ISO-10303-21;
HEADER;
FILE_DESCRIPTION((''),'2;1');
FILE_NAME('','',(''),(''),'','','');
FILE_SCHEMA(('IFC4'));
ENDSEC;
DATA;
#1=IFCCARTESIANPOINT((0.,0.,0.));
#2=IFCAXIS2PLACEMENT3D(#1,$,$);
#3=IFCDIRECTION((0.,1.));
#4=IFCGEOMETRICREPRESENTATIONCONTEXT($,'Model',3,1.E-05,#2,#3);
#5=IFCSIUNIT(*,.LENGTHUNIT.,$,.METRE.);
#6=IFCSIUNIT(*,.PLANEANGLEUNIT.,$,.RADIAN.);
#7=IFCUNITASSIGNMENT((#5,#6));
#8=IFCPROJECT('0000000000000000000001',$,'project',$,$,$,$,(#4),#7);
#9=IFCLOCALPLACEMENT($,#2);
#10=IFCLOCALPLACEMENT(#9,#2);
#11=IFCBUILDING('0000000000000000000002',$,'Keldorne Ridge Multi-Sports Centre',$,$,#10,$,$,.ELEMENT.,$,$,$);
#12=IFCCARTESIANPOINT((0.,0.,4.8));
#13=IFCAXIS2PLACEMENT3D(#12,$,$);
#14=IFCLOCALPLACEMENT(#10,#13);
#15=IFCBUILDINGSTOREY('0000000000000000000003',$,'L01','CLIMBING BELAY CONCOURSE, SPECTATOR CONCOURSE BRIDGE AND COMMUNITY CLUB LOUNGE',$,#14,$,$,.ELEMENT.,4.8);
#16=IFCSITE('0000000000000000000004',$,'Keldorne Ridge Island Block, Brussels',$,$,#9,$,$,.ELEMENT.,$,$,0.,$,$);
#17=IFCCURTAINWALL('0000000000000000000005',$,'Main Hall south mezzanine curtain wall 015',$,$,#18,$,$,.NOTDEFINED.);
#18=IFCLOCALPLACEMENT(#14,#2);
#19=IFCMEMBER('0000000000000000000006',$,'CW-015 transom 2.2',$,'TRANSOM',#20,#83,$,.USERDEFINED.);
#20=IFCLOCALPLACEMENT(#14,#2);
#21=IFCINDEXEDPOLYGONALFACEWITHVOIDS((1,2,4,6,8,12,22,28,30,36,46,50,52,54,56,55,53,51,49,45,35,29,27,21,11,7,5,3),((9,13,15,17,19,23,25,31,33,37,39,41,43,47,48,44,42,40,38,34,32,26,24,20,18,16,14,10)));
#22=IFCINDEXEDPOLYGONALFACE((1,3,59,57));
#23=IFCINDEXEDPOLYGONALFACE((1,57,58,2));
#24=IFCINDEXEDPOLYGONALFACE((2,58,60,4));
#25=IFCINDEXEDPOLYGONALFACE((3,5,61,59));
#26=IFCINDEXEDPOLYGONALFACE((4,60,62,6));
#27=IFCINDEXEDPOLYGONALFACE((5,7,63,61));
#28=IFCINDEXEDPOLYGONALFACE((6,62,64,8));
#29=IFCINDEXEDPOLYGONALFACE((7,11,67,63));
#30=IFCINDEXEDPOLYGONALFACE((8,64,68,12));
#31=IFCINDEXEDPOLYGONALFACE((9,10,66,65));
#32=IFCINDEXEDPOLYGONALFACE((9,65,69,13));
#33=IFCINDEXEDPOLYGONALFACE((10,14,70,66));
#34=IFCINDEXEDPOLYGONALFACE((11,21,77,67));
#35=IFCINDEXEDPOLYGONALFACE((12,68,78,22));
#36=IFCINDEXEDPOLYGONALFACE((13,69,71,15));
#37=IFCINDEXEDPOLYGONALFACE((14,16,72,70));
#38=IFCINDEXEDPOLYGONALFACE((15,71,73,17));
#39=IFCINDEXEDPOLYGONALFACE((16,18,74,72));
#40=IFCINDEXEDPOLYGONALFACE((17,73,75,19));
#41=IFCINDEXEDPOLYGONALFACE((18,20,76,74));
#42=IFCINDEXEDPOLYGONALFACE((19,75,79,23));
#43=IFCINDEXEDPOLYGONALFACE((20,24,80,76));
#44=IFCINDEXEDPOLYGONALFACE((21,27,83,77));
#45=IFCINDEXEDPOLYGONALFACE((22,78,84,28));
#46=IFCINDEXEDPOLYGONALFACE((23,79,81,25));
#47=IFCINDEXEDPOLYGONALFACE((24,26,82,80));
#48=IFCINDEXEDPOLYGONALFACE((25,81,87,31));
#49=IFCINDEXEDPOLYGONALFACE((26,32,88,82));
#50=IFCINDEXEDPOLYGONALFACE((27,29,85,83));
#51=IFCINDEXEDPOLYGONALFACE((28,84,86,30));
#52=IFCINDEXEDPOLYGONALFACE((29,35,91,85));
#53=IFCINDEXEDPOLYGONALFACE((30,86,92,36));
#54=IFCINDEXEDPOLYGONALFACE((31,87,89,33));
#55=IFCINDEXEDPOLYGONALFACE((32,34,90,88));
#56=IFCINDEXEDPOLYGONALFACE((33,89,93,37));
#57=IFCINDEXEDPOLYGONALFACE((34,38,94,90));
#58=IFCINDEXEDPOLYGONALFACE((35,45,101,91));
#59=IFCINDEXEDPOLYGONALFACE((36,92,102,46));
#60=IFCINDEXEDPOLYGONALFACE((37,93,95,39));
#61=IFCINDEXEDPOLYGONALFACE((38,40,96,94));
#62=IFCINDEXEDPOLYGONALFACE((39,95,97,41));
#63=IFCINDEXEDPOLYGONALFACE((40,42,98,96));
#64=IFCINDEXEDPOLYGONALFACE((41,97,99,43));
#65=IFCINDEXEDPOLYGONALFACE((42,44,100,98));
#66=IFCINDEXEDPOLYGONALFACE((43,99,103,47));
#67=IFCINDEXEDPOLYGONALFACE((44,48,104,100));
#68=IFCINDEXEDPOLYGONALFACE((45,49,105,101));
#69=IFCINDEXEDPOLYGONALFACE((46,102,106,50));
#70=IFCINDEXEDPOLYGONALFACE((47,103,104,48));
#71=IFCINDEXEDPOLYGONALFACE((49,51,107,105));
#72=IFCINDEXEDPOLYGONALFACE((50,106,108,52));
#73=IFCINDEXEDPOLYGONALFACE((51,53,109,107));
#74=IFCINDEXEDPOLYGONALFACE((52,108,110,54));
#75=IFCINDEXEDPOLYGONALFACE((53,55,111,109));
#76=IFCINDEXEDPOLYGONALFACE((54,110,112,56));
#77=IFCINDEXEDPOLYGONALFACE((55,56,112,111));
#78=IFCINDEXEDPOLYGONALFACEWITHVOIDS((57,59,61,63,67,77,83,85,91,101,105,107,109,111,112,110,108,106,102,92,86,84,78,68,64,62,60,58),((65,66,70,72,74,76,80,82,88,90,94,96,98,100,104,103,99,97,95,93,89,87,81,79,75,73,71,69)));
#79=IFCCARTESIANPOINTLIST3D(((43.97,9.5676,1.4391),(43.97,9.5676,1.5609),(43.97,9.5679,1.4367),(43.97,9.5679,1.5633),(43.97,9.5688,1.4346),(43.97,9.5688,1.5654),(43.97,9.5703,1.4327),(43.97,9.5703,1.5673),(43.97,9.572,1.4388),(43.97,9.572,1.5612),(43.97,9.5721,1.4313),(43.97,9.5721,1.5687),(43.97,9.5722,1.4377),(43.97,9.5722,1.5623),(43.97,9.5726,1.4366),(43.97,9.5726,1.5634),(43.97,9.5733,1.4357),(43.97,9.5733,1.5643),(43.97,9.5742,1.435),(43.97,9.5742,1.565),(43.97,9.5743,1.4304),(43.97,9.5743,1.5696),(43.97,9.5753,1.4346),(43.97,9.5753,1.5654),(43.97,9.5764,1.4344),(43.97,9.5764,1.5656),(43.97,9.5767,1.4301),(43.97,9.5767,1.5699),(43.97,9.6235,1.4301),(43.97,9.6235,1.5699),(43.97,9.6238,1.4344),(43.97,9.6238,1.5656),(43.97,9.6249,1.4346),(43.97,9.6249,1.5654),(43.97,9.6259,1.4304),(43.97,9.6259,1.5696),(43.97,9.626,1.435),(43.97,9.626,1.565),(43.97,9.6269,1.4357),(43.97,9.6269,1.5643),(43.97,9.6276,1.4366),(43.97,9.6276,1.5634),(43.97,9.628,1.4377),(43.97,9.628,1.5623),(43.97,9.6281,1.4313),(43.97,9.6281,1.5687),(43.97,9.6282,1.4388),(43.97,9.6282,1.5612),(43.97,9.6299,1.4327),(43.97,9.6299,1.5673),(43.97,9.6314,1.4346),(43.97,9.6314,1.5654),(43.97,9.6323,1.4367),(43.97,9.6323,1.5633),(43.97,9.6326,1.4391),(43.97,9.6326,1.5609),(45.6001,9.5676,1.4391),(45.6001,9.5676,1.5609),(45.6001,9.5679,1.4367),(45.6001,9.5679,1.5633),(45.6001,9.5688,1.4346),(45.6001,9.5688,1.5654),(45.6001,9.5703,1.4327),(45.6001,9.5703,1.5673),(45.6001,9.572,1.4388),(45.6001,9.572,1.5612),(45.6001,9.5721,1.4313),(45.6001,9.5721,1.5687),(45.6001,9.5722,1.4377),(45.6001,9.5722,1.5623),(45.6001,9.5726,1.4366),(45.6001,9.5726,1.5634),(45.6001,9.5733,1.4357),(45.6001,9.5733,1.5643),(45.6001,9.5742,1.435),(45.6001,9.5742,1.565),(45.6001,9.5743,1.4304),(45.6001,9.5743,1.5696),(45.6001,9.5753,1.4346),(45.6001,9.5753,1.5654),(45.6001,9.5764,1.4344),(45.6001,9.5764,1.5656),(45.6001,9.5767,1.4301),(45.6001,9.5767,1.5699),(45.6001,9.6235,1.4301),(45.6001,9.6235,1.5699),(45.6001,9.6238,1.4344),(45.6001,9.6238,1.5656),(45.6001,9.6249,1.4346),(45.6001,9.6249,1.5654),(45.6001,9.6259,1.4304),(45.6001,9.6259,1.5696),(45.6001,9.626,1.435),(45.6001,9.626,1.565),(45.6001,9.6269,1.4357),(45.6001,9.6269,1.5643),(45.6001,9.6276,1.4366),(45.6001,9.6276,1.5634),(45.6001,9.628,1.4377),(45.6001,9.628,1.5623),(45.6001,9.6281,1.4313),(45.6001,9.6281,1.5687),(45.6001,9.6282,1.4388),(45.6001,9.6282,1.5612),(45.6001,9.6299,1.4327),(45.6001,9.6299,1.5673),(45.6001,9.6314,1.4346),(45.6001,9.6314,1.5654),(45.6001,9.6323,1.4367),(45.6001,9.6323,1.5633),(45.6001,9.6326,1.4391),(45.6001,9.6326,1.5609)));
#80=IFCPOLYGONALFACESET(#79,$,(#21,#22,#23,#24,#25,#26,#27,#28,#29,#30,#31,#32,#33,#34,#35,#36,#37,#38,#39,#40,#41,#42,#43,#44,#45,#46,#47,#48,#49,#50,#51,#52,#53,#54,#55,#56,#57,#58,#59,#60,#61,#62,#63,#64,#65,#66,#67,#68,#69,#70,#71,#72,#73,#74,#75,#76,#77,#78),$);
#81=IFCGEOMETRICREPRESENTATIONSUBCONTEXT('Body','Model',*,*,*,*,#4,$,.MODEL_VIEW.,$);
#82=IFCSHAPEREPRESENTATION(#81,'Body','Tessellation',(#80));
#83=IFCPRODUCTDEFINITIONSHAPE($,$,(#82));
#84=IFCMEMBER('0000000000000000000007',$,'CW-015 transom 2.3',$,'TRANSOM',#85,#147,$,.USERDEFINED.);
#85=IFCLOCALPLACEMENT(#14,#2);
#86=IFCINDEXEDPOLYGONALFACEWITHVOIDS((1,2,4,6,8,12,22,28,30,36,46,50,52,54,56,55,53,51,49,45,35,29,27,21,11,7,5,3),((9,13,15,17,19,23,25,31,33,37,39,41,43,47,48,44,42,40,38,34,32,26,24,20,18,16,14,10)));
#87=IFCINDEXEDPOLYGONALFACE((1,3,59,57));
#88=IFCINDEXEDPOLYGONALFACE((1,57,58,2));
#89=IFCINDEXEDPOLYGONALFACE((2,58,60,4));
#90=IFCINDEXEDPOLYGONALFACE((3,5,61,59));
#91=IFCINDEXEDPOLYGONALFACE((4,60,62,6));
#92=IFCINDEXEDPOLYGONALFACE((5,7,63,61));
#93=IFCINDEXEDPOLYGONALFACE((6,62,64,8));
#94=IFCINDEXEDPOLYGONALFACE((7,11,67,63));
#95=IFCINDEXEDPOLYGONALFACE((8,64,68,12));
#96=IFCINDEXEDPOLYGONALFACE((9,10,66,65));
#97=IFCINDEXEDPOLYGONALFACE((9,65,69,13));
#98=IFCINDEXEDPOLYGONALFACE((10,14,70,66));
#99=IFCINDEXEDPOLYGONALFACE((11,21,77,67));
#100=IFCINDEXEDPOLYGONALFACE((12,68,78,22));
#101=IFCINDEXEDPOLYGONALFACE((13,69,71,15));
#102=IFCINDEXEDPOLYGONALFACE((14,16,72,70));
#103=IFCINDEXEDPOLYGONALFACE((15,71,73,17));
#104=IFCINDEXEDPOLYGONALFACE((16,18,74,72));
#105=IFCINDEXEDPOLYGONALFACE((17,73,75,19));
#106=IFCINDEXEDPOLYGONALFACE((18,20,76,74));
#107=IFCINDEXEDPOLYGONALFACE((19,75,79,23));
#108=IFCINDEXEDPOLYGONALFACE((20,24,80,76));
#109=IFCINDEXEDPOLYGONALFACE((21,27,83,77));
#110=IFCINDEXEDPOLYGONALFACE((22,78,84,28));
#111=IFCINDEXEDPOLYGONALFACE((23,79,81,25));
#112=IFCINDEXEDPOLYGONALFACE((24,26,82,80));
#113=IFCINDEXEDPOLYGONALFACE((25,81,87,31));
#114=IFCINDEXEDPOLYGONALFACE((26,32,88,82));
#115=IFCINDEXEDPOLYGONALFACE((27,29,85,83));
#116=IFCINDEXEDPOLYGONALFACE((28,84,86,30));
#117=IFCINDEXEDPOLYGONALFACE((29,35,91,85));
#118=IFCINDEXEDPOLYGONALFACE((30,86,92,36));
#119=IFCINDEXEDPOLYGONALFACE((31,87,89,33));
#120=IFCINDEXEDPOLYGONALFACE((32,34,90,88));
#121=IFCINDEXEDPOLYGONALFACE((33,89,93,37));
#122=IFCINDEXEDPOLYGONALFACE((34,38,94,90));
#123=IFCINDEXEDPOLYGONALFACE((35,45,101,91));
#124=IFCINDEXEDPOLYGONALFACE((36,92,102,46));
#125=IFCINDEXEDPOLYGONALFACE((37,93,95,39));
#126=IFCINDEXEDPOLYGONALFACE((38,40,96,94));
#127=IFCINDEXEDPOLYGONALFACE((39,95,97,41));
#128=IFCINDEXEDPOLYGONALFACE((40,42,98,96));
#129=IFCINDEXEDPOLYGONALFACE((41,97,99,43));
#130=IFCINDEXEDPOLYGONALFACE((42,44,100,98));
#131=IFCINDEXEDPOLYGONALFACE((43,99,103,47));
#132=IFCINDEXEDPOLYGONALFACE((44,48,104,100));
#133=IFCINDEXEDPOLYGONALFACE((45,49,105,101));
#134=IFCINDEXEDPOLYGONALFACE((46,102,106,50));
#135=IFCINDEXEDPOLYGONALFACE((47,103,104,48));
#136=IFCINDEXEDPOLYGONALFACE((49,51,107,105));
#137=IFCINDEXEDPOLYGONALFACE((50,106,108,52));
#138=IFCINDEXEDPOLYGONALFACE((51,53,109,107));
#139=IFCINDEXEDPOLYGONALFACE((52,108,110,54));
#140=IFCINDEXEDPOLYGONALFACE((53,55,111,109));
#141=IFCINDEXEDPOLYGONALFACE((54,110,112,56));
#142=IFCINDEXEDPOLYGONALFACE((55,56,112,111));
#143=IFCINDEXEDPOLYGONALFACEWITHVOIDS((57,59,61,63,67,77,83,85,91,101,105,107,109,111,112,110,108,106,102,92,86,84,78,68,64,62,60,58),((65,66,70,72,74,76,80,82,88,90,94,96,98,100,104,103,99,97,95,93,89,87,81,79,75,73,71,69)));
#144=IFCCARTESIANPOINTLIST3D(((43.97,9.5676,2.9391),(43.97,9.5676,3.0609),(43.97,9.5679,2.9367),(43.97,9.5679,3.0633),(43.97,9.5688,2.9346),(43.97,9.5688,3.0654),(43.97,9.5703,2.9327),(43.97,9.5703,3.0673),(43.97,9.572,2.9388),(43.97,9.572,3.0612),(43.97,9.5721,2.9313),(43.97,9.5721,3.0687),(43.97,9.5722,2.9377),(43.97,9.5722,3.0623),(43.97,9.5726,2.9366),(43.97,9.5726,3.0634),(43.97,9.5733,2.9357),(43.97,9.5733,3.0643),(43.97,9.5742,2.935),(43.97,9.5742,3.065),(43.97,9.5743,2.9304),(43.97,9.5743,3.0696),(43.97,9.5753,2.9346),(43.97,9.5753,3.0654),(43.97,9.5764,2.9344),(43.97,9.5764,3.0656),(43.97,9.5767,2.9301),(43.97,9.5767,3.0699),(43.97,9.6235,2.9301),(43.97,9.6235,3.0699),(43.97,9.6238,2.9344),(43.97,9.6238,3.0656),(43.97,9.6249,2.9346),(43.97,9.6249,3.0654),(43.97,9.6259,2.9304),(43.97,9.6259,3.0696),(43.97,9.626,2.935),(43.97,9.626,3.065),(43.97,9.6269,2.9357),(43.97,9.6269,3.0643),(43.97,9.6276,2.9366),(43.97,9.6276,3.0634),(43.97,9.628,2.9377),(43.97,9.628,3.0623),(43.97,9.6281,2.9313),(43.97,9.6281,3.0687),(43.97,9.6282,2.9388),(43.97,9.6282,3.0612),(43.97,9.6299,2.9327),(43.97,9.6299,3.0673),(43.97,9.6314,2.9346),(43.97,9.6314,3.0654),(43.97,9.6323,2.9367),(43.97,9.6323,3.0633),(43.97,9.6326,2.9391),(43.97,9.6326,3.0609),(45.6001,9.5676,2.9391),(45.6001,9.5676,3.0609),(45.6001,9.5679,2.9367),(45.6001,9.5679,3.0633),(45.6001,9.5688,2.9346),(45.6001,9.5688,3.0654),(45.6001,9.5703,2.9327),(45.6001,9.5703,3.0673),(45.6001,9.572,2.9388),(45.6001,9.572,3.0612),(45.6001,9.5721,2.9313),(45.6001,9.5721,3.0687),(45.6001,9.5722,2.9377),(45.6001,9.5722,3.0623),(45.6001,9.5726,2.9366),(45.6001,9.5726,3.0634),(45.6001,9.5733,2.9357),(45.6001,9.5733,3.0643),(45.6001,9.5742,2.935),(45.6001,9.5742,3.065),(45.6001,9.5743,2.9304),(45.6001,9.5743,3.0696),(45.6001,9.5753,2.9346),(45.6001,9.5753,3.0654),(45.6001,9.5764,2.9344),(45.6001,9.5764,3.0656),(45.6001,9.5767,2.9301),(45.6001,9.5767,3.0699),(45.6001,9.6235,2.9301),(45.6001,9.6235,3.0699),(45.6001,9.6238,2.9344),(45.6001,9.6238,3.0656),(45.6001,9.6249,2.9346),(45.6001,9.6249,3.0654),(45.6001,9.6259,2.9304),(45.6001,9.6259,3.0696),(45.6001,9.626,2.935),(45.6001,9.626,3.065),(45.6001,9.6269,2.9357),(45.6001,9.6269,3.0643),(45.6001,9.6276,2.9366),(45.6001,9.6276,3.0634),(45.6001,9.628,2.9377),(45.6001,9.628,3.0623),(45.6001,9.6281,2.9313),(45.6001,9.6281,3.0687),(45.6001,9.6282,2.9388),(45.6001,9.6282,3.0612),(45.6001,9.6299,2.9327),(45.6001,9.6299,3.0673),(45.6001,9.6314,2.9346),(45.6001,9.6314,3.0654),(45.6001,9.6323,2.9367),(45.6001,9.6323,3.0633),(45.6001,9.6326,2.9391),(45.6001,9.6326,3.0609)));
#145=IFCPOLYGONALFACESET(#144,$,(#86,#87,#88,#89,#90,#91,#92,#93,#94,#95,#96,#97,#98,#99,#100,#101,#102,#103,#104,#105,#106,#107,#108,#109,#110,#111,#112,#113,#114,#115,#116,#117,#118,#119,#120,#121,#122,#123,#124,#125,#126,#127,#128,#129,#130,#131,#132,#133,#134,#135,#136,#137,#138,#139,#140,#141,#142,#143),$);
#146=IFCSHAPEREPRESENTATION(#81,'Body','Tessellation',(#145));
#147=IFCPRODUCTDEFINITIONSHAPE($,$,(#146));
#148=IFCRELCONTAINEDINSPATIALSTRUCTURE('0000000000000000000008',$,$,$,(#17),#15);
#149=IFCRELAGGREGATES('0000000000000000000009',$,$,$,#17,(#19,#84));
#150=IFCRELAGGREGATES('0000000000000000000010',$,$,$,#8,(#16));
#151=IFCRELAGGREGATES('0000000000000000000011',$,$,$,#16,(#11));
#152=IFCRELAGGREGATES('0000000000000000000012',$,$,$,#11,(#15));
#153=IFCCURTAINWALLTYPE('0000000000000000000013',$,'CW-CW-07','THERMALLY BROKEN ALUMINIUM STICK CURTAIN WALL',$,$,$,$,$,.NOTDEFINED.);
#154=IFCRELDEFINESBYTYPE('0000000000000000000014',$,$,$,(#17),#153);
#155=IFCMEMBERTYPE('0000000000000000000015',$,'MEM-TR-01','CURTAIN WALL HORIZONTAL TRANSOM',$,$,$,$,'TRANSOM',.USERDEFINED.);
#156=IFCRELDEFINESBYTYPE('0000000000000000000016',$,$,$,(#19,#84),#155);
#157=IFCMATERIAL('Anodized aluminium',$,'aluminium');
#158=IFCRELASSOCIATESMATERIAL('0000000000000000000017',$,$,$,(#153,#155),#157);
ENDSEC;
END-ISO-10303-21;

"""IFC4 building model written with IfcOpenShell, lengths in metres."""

from ifc_helpers import new_model, si_unit, direction, frame, origin, origin_2d, place, context, subcontext, project, spatial, hollow_rectangle, extrude, material, material_profile, profile_set, type_object, element, aggregate, save


model = new_model("IFC4")

# Units and contexts
model_context = context("Model", 3, precision=1e-05, world=origin(), true_north=direction((0.0, 1.0)))
body_context = subcontext(model_context, "Body", "Model", "MODEL_VIEW")
ifc_project = project(units=[si_unit("LENGTHUNIT", "METRE"), si_unit("PLANEANGLEUNIT", "RADIAN")], contexts=[model_context])

# Site, building, storey
site_placement = place(None, origin())
site = spatial("IfcSite", under=ifc_project, at=site_placement, Name="Keldorne Ridge Island Block, Brussels", CompositionType="ELEMENT", RefElevation=0.0)
building_placement = place(site_placement, origin())
building = spatial("IfcBuilding", under=site, at=building_placement, Name="Keldorne Ridge Multi-Sports Centre", CompositionType="ELEMENT")
storey_placement = place(building_placement, frame((0.0, 0.0, 4.8)))
storey = spatial("IfcBuildingStorey", under=building, at=storey_placement, Name="L01", Description="CLIMBING BELAY CONCOURSE, SPECTATOR CONCOURSE BRIDGE AND COMMUNITY CLUB LOUNGE", CompositionType="ELEMENT", Elevation=4.8)

# Curtain wall, members
ifc_material_1 = material(Name="Anodized aluminium", Category="aluminium")
curtain_wall_type = type_object("IfcCurtainWallType", Name="CW-CW-07", Description="THERMALLY BROKEN ALUMINIUM STICK CURTAIN WALL", PredefinedType="NOTDEFINED", material=ifc_material_1)
curtain_wall_placement = place(storey_placement, origin())
curtain_wall = element("IfcCurtainWall", 1, at=curtain_wall_placement, inside=storey, type_object=curtain_wall_type, Name="Main Hall south mezzanine curtain wall 015", PredefinedType="NOTDEFINED")
ifc_material_profile_1 = material_profile(ifc_material_1, hollow_rectangle(XDim=0.0649, YDim=0.1399, WallThickness=0.0044, InnerFilletRadius=0.0044, OuterFilletRadius=0.009, at=origin_2d()), Name="ALU TRANSOM 140x65x4.5")
ifc_profile_set_1 = profile_set([ifc_material_profile_1], Name="Anodized aluminium")
member_type_1 = type_object("IfcMemberType", Name="MEM-TR-01", Description="CURTAIN WALL HORIZONTAL TRANSOM", ElementType="TRANSOM", PredefinedType="USERDEFINED", material=ifc_profile_set_1)
member_1_placement = place(storey_placement, frame((43.97, 9.6001, 1.5), z_axis=(1.0, 0.0, 0.0), x_axis=(0.0, 1.0, 0.0)))
member_1 = element("IfcMember", 2, at=member_1_placement, type_object=member_type_1, Name="CW-015 transom 2.2", ObjectType="TRANSOM", PredefinedType="USERDEFINED", context=body_context, shape_type="SweptSolid", body=[
    extrude(hollow_rectangle(XDim=0.0649, YDim=0.1399, WallThickness=0.0044, InnerFilletRadius=0.0044, OuterFilletRadius=0.009, at=origin_2d()), origin(), (0.0, 0.0, 1.0), 1.6301),
])
member_2_placement = place(storey_placement, frame((43.97, 9.6001, 3.0), z_axis=(1.0, 0.0, 0.0), x_axis=(0.0, 1.0, 0.0)))
member_2 = element("IfcMember", 3, at=member_2_placement, type_object=member_type_1, Name="CW-015 transom 2.3", ObjectType="TRANSOM", PredefinedType="USERDEFINED", context=body_context, shape_type="SweptSolid", body=[
    extrude(hollow_rectangle(XDim=0.0649, YDim=0.1399, WallThickness=0.0044, InnerFilletRadius=0.0044, OuterFilletRadius=0.009, at=origin_2d()), origin(), (0.0, 0.0, 1.0), 1.6301),
])
aggregate(curtain_wall, [member_1, member_2])

save(model, "model.ifc")
